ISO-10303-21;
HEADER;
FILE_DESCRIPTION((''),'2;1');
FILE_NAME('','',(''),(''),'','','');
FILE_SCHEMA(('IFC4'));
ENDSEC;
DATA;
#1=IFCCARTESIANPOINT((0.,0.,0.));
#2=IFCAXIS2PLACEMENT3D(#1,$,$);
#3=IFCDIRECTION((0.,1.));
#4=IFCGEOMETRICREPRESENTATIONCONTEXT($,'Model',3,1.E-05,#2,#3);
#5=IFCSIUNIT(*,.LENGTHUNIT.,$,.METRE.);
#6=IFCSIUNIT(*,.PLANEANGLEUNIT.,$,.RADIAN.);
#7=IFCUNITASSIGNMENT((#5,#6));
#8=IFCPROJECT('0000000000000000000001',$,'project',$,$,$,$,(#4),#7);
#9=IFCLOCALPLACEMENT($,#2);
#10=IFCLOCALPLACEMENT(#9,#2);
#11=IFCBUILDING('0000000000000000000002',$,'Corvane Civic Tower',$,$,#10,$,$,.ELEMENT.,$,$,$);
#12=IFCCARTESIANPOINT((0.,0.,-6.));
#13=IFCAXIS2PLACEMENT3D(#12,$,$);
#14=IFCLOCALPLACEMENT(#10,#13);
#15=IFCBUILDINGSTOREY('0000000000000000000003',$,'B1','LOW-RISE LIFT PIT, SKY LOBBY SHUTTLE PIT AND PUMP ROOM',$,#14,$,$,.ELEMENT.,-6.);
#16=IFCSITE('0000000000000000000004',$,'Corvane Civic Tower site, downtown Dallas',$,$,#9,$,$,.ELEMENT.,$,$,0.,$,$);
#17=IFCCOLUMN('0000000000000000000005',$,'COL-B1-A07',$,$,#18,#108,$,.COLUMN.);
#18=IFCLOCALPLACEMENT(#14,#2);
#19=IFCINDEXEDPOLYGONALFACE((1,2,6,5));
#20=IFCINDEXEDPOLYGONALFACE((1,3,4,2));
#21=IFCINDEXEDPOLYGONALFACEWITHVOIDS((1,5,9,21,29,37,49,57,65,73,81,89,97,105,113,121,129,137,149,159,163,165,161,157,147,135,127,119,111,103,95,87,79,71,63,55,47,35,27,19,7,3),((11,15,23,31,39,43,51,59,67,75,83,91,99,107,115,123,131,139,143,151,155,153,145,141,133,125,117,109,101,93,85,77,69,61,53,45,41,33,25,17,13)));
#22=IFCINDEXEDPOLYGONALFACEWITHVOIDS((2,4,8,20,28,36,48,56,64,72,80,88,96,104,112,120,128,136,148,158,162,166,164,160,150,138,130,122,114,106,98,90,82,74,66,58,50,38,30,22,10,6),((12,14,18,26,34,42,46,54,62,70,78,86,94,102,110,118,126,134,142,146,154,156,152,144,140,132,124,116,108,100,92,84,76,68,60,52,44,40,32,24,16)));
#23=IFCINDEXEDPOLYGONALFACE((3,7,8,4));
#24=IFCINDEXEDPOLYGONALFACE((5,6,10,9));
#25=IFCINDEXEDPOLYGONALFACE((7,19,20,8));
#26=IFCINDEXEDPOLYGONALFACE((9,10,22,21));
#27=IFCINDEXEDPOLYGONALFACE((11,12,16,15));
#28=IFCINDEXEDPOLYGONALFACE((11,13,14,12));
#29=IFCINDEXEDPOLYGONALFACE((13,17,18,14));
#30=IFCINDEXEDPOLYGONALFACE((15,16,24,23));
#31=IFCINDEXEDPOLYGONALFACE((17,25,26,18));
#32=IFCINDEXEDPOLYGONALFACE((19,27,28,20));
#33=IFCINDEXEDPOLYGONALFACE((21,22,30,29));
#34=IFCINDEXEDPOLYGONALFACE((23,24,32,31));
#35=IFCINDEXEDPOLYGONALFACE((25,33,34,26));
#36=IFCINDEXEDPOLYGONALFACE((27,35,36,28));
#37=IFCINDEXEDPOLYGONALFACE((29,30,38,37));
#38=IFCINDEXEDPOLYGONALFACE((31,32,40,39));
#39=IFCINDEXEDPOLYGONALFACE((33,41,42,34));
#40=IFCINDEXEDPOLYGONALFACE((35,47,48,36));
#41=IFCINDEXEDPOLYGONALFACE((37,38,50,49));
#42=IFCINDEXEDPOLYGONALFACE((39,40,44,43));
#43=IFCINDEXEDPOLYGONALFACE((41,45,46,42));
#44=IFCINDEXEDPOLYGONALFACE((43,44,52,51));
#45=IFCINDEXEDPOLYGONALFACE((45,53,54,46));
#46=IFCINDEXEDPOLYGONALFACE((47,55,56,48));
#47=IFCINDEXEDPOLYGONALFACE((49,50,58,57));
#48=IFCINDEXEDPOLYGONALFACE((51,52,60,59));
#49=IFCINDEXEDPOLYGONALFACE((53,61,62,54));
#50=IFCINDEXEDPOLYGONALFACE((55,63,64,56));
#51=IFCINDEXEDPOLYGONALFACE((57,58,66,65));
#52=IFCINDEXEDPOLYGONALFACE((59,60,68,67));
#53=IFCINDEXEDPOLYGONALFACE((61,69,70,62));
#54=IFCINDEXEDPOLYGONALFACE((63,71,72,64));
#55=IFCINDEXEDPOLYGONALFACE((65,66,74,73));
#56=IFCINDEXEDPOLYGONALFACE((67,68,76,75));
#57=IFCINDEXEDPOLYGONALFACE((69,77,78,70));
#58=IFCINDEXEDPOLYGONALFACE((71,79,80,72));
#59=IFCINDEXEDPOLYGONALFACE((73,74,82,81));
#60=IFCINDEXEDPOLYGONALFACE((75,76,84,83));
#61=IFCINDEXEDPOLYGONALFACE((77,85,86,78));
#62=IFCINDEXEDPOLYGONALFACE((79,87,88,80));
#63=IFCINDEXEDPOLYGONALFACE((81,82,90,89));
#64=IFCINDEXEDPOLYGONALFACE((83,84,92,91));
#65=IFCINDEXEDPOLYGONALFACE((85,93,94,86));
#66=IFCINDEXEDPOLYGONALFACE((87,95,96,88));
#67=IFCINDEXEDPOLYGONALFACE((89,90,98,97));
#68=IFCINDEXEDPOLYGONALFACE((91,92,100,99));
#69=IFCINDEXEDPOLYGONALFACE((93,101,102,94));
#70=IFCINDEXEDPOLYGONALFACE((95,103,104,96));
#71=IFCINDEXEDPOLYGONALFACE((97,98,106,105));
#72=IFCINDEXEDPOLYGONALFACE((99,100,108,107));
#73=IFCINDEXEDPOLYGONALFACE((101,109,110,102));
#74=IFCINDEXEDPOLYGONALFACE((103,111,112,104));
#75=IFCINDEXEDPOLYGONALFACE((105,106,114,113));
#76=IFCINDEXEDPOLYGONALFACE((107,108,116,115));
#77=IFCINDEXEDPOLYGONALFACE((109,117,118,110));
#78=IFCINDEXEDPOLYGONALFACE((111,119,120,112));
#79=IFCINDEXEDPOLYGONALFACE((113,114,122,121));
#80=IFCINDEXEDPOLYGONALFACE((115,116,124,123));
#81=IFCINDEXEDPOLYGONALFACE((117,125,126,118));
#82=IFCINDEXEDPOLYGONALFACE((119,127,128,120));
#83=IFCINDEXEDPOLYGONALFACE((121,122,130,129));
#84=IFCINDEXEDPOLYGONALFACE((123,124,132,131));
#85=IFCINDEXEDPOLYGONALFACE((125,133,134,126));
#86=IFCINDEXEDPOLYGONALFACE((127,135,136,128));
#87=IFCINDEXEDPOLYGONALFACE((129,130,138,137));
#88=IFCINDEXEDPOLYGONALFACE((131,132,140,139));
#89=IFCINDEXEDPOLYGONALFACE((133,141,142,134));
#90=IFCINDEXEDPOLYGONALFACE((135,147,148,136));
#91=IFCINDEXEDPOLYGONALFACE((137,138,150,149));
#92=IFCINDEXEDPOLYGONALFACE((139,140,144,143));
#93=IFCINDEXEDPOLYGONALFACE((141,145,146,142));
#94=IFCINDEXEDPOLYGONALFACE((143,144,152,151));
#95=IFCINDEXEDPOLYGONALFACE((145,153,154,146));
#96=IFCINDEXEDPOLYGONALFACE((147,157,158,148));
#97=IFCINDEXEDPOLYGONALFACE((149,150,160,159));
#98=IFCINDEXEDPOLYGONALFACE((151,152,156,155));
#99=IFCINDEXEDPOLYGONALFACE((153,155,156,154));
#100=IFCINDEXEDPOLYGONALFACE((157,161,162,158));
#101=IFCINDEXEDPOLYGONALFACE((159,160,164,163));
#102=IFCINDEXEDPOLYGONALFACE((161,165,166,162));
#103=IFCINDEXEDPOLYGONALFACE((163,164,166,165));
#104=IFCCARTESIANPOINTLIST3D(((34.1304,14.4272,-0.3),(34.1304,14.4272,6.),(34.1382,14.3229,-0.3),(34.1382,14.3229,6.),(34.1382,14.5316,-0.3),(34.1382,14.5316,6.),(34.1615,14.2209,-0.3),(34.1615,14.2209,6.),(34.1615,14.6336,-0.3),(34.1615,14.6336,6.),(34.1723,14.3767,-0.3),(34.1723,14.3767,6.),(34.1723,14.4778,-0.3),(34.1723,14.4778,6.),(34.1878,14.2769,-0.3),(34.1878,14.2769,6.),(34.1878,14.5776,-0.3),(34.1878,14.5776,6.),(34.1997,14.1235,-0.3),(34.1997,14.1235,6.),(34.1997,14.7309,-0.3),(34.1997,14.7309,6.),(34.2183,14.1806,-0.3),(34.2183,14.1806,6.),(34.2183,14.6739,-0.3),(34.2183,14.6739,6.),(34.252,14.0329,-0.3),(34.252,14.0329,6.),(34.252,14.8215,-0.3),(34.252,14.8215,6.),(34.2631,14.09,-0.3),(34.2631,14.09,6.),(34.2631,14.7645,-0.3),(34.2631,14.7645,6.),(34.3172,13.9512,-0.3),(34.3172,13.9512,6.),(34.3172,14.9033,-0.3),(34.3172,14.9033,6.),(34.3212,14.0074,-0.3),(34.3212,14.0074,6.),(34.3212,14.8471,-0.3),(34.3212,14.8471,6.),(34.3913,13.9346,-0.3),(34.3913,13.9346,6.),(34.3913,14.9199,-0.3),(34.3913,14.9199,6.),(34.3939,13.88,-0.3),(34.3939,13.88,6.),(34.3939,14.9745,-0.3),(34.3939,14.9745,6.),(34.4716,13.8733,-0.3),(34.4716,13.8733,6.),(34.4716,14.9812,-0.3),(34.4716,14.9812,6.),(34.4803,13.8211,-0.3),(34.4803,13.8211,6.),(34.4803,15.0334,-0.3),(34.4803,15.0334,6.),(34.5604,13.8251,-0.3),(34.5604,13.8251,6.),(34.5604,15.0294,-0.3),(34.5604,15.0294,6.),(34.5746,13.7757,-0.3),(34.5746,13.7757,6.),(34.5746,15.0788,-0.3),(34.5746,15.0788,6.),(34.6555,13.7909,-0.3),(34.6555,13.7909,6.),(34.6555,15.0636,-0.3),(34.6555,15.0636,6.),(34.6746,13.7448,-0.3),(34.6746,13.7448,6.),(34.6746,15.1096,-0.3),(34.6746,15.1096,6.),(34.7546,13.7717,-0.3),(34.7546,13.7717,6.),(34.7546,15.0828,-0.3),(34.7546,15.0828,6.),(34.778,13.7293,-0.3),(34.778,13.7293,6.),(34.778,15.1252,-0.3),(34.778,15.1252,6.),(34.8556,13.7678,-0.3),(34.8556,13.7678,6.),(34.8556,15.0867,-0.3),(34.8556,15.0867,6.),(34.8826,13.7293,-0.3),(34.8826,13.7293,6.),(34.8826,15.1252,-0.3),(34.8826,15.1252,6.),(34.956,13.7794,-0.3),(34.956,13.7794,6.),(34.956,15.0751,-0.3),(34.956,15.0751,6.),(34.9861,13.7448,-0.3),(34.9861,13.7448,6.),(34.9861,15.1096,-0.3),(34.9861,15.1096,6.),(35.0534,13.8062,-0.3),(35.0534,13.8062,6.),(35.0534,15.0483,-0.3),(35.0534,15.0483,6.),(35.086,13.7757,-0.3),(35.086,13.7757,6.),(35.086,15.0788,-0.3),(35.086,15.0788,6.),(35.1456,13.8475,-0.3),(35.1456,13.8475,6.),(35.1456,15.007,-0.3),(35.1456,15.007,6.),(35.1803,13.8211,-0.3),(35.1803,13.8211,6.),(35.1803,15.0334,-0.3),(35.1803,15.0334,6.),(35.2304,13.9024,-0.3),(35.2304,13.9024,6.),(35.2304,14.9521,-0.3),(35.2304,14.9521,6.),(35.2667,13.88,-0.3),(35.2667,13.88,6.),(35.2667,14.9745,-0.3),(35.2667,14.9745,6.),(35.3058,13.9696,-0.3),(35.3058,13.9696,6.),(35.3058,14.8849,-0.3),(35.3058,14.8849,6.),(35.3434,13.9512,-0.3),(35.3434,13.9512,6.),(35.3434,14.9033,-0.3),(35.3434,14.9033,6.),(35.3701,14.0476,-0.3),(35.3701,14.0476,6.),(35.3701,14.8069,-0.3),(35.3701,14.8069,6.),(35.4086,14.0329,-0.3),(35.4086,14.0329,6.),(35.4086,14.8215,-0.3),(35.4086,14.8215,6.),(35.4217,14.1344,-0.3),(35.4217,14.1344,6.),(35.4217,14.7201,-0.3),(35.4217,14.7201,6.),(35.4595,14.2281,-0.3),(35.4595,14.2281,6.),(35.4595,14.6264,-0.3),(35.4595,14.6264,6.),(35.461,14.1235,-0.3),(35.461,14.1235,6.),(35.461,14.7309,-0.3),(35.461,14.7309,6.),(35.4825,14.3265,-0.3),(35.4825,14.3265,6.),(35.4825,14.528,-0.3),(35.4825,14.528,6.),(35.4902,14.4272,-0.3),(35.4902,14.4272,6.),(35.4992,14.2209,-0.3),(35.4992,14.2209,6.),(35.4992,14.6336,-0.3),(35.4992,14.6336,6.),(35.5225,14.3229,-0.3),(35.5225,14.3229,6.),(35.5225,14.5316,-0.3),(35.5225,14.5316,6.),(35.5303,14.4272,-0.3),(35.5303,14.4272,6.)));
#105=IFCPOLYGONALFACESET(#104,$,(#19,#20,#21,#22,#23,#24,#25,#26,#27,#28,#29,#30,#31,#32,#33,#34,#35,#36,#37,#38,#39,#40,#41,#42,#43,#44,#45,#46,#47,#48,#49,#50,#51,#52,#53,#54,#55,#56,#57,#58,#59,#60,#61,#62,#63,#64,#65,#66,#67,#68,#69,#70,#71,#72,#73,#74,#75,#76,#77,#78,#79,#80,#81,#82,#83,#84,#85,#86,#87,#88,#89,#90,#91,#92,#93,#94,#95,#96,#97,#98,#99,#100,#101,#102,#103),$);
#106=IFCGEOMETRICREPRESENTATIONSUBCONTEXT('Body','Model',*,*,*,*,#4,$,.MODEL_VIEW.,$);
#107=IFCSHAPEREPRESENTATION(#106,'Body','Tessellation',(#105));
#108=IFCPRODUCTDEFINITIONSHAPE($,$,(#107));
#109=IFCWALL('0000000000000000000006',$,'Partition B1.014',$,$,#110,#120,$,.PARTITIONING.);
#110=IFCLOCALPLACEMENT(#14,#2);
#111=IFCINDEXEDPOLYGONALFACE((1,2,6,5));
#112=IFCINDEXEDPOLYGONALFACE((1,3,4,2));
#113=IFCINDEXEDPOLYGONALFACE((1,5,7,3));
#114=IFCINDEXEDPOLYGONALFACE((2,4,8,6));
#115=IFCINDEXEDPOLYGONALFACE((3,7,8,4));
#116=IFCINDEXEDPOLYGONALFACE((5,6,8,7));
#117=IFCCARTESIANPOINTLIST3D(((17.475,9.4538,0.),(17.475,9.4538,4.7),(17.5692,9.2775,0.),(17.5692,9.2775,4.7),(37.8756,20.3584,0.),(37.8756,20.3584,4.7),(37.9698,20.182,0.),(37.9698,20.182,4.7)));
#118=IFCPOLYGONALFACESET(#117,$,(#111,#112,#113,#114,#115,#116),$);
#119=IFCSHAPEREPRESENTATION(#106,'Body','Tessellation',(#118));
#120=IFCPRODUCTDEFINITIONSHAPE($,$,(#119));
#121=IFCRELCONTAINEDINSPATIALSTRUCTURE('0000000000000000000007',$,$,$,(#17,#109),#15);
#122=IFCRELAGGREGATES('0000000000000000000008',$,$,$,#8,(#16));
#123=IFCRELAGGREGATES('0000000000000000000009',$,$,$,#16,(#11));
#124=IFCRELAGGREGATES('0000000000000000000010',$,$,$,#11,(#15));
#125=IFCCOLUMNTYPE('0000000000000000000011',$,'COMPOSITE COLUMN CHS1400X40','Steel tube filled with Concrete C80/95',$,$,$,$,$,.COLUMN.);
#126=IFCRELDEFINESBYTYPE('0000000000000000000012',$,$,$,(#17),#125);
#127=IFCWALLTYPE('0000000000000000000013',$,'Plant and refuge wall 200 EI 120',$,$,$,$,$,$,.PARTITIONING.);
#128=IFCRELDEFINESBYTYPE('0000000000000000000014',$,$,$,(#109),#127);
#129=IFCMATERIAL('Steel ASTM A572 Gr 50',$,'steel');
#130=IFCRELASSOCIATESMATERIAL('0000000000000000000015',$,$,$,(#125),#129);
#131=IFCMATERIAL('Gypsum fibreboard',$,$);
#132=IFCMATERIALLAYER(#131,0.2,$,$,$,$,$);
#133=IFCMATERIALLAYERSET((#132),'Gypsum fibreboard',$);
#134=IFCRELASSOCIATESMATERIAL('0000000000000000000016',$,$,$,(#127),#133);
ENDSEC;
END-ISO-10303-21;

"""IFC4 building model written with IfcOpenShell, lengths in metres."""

from ifc_helpers import new_model, si_unit, direction, frame, frame_2d, origin, origin_2d, place, context, subcontext, project, spatial, rectangle, hollow_circle, extrude, material, layer, layer_set, material_profile, profile_set, type_object, element, save


model = new_model("IFC4")

# Units and contexts
model_context = context("Model", 3, precision=1e-05, world=origin(), true_north=direction((0.0, 1.0)))
body_context = subcontext(model_context, "Body", "Model", "MODEL_VIEW")
ifc_project = project(units=[si_unit("LENGTHUNIT", "METRE"), si_unit("PLANEANGLEUNIT", "RADIAN")], contexts=[model_context])

# Site, building, storey
site_placement = place(None, origin())
site = spatial("IfcSite", under=ifc_project, at=site_placement, Name="Corvane Civic Tower site, downtown Dallas", CompositionType="ELEMENT", RefElevation=0.0)
building_placement = place(site_placement, origin())
building = spatial("IfcBuilding", under=site, at=building_placement, Name="Corvane Civic Tower", CompositionType="ELEMENT")
storey_placement = place(building_placement, frame((0.0, 0.0, -6.0)))
storey = spatial("IfcBuildingStorey", under=building, at=storey_placement, Name="B1", Description="LOW-RISE LIFT PIT, SKY LOBBY SHUTTLE PIT AND PUMP ROOM", CompositionType="ELEMENT", Elevation=-6.0)

# Column
ifc_material_1 = material(Name="Steel ASTM A572 Gr 50", Category="steel")
ifc_material_profile_1 = material_profile(ifc_material_1, hollow_circle(Radius=0.7, WallThickness=0.04, at=origin_2d()), Name="CHS1400X40")
ifc_profile_set_1 = profile_set([ifc_material_profile_1], Name="Steel ASTM A572 Gr 50")
column_type = type_object("IfcColumnType", Name="COMPOSITE COLUMN CHS1400X40", Description="Steel tube filled with Concrete C80/95", PredefinedType="COLUMN", material=ifc_profile_set_1)
column_placement = place(storey_placement, frame((34.8303, 14.4272, -0.3), z_axis=(0.0, 0.0, 1.0), x_axis=(1.0, 0.0, 0.0)))
element("IfcColumn", 1, at=column_placement, inside=storey, type_object=column_type, Name="COL-B1-A07", PredefinedType="COLUMN", context=body_context, shape_type="SweptSolid", body=[
    extrude(hollow_circle(Radius=0.7, WallThickness=0.04, at=origin_2d()), origin(), (0.0, 0.0, 1.0), 6.3),
])

# Wall
ifc_material_2 = material(Name="Gypsum fibreboard")
ifc_layer = layer(ifc_material_2, 0.2)
ifc_layer_set = layer_set([ifc_layer], Name="Gypsum fibreboard")
wall_type = type_object("IfcWallType", Name="Plant and refuge wall 200 EI 120", PredefinedType="PARTITIONING", material=ifc_layer_set)
wall_placement = place(storey_placement, frame((17.5222, 9.3657, 0.0), z_axis=(0.0, 0.0, 1.0), x_axis=(0.881918, 0.471403, 0.0)))
element("IfcWall", 2, at=wall_placement, inside=storey, type_object=wall_type, Name="Partition B1.014", PredefinedType="PARTITIONING", context=body_context, shape_type="SweptSolid", body=[
    extrude(rectangle(XDim=23.1321, YDim=0.2, at=frame_2d((11.5659, 0.0))), origin(), (0.0, 0.0, 1.0), 4.7),
])

save(model, "model.ifc")
